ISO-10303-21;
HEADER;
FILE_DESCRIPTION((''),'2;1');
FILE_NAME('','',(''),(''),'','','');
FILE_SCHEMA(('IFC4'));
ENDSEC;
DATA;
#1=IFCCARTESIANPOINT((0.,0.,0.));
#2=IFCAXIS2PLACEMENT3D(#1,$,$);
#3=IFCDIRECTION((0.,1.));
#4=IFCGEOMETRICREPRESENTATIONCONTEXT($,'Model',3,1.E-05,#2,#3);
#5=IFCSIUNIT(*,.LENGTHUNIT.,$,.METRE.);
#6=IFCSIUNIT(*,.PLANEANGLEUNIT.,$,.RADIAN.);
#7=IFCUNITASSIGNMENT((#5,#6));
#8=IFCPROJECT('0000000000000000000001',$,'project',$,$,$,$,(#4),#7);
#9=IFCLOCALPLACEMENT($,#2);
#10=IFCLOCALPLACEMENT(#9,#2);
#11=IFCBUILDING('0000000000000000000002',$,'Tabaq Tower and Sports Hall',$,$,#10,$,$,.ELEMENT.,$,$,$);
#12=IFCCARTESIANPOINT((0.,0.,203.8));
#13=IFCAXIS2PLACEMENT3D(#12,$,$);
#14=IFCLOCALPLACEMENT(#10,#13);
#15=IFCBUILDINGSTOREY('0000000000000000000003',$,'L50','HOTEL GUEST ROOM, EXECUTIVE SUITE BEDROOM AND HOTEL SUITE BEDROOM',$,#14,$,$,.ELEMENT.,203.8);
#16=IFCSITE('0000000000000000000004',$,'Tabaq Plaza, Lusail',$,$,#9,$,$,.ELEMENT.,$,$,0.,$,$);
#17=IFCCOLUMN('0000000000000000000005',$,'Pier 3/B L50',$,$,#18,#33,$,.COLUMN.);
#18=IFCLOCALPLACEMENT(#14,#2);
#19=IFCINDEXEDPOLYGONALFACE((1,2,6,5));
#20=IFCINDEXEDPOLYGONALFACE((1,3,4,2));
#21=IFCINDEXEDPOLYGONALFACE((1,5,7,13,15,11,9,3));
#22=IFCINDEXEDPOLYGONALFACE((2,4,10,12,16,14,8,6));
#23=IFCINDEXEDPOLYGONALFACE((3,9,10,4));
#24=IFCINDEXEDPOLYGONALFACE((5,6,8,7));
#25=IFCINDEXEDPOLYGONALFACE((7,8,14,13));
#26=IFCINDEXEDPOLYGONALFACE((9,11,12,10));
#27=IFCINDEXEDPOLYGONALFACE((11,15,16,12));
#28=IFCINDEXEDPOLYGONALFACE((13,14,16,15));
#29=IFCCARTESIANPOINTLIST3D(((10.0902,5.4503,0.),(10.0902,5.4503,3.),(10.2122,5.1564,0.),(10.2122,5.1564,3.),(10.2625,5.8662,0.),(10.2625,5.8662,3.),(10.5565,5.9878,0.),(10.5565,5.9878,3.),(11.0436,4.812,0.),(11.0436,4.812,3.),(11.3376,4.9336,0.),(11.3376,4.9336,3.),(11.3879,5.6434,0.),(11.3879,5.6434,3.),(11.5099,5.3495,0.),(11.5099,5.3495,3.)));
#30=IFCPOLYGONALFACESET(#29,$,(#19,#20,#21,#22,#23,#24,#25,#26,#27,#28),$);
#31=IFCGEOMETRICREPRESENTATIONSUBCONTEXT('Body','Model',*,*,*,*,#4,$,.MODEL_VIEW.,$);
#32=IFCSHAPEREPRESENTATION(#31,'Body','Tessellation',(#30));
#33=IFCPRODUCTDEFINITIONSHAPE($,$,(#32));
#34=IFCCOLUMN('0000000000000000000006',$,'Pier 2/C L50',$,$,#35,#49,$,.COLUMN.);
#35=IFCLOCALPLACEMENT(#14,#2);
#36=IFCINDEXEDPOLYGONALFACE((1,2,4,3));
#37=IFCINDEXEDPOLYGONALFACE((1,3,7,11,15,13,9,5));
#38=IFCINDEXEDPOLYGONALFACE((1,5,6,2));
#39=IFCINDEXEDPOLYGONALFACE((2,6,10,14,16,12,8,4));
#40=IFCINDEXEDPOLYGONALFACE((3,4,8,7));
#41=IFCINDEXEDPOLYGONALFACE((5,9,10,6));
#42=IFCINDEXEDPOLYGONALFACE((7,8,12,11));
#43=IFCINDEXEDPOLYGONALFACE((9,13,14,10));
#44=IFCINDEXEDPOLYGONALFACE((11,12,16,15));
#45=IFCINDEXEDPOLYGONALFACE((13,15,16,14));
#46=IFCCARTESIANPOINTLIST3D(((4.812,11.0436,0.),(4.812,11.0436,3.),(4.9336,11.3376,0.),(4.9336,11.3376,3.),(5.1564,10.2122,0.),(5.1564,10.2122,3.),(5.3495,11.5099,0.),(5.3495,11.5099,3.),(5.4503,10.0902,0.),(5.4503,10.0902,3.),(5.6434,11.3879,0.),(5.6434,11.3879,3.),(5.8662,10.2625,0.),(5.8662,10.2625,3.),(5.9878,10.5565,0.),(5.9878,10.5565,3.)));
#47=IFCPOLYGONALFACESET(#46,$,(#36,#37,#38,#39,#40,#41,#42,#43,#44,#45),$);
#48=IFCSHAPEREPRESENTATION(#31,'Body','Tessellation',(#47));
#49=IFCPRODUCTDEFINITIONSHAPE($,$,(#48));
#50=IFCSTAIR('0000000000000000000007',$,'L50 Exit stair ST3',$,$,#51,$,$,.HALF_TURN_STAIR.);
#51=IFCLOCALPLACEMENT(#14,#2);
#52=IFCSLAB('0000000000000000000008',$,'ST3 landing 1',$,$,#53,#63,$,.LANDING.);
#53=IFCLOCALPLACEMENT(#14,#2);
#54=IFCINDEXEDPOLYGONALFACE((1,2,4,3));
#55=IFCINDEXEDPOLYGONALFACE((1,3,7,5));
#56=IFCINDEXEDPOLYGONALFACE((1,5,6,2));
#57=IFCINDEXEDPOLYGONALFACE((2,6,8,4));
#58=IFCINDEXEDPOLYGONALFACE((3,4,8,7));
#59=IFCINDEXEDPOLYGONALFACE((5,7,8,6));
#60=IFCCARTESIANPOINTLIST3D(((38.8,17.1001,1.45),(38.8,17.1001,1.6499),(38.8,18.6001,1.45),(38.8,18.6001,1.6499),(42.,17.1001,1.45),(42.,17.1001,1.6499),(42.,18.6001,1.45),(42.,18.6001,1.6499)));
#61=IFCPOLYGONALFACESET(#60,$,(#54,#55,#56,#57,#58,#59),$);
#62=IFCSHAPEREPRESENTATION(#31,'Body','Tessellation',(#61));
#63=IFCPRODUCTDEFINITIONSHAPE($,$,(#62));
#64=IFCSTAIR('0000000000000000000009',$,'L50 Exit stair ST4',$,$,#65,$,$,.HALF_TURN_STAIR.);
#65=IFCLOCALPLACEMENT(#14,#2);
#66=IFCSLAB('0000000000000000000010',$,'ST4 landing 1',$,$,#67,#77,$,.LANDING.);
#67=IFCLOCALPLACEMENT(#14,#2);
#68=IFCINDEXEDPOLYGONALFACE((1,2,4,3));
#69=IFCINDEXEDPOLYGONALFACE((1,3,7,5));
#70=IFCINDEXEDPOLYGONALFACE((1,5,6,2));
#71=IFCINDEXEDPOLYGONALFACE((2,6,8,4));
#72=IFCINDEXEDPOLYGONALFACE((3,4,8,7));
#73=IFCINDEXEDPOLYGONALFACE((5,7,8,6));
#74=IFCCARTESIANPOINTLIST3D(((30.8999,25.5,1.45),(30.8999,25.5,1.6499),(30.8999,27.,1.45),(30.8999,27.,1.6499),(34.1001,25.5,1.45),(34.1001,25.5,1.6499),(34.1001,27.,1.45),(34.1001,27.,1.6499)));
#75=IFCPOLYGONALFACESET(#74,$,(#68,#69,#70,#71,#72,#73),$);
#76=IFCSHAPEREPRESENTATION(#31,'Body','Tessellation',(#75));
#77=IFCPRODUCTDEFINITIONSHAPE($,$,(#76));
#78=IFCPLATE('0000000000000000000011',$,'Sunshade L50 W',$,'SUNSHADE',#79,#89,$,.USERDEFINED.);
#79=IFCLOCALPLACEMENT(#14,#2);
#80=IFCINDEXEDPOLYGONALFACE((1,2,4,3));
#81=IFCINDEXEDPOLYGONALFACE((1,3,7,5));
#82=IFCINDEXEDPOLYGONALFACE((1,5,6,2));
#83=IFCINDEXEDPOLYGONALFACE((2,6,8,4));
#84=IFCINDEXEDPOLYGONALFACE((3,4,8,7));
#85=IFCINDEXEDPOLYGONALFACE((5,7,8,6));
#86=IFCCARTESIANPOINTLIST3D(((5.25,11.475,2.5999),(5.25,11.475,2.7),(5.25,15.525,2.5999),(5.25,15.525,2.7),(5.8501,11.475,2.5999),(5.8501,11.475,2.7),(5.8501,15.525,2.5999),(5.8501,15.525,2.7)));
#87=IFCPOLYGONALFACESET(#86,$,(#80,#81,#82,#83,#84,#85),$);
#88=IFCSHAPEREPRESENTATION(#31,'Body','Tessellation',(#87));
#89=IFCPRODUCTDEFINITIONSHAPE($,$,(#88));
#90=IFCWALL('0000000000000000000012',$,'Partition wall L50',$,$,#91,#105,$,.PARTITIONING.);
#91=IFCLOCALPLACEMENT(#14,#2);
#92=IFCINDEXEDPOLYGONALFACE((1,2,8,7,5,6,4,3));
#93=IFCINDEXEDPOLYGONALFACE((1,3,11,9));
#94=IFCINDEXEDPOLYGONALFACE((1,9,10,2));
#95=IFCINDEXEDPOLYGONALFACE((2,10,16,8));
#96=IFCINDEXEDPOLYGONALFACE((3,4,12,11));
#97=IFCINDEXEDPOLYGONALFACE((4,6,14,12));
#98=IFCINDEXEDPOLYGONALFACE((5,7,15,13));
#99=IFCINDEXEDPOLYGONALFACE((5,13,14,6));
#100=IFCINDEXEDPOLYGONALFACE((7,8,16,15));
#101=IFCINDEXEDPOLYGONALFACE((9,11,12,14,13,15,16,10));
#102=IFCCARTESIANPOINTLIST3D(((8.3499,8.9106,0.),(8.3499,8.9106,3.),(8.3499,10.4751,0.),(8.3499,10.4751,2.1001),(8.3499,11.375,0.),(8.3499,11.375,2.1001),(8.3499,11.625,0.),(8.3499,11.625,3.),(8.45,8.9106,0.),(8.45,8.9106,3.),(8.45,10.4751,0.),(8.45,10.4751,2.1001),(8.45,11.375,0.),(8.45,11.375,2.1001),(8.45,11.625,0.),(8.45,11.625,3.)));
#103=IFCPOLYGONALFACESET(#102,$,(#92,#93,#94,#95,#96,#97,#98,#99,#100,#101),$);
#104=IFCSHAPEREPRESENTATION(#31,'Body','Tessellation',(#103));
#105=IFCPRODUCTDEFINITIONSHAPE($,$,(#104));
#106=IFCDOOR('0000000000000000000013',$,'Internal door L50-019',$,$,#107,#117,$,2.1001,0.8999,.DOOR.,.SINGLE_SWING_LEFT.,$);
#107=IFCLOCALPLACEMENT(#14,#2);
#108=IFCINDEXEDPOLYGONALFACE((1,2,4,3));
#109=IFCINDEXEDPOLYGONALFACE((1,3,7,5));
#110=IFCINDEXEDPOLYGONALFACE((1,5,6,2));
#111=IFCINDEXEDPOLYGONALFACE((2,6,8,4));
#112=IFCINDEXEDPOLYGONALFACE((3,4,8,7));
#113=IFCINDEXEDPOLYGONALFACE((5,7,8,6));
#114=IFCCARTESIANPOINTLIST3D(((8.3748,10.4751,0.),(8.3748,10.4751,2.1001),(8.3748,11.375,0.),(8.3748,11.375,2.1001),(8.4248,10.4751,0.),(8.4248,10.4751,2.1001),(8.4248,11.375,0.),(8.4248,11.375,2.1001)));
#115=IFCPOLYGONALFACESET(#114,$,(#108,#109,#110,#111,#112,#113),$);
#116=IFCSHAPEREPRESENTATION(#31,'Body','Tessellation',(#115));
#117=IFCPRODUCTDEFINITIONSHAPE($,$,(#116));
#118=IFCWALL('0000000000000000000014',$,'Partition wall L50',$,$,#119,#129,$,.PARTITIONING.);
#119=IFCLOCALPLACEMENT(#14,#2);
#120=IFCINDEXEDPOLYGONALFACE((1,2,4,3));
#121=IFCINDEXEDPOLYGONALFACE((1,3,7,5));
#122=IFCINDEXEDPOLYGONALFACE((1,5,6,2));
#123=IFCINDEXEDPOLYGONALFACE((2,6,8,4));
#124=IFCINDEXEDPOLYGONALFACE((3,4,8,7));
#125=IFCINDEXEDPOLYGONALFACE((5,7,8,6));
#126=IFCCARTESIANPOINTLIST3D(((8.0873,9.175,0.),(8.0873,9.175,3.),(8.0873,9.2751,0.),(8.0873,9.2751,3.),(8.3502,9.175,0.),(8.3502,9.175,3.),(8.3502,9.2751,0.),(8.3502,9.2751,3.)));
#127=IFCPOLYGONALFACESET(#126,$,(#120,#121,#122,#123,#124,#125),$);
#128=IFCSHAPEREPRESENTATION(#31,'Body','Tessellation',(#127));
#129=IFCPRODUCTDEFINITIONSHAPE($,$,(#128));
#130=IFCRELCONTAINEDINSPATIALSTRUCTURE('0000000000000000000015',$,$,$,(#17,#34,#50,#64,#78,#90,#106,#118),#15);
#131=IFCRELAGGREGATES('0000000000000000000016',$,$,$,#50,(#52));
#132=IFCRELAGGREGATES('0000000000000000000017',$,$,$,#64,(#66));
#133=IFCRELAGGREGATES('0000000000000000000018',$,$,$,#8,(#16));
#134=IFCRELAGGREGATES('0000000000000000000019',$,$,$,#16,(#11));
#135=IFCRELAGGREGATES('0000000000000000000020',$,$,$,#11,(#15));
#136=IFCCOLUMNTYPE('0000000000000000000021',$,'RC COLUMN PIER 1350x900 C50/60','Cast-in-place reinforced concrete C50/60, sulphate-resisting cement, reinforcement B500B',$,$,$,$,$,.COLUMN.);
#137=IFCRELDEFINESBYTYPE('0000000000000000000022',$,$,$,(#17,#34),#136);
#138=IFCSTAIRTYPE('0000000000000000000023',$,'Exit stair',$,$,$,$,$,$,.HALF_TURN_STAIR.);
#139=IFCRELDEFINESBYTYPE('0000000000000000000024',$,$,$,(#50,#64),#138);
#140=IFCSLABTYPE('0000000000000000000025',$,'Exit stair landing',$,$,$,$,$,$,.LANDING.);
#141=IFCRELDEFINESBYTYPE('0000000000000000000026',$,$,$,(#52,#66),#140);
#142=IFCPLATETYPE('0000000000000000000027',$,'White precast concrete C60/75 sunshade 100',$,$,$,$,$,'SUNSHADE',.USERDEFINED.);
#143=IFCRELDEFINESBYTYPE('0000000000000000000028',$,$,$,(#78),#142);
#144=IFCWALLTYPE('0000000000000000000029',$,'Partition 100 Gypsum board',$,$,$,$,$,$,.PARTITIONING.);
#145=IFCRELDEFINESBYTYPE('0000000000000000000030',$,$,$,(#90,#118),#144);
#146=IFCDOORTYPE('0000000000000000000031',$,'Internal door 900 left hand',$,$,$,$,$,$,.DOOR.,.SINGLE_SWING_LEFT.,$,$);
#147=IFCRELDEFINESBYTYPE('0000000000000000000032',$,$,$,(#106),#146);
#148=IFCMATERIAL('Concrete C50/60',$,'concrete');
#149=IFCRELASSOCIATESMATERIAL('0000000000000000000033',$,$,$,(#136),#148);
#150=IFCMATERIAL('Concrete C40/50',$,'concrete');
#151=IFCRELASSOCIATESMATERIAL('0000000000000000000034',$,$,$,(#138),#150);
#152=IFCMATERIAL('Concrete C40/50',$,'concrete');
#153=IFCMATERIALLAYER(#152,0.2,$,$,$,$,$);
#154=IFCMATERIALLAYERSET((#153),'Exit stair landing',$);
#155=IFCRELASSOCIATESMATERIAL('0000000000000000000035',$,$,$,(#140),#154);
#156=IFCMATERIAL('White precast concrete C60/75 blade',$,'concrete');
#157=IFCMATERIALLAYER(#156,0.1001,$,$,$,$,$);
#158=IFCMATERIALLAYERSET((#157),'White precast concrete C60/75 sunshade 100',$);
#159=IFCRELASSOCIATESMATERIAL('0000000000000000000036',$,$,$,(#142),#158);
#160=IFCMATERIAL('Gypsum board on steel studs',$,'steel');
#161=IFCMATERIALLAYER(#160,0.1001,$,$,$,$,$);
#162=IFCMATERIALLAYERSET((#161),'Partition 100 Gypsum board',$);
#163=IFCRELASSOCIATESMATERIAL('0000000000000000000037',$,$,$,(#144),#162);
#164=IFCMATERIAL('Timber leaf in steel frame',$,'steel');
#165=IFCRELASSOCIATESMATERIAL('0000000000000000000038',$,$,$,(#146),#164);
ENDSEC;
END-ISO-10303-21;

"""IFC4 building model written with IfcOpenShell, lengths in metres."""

from ifc_helpers import new_model, si_unit, direction, frame, frame_2d, origin, origin_2d, place, context, subcontext, project, spatial, polyline, rectangle, outline, extrude, material, layer, layer_set, material_profile, profile_set, type_object, element, fill, aggregate, save


model = new_model("IFC4")

# Units and contexts
model_context = context("Model", 3, precision=1e-05, world=origin(), true_north=direction((0.0, 1.0)))
body_context = subcontext(model_context, "Body", "Model", "MODEL_VIEW")
ifc_project = project(units=[si_unit("LENGTHUNIT", "METRE"), si_unit("PLANEANGLEUNIT", "RADIAN")], contexts=[model_context])

# Site, building, storey
site_placement = place(None, origin())
site = spatial("IfcSite", under=ifc_project, at=site_placement, Name="Tabaq Plaza, Lusail", CompositionType="ELEMENT", RefElevation=0.0)
building_placement = place(site_placement, origin())
building = spatial("IfcBuilding", under=site, at=building_placement, Name="Tabaq Tower and Sports Hall", CompositionType="ELEMENT")
storey_placement = place(building_placement, frame((0.0, 0.0, 203.8)))
storey = spatial("IfcBuildingStorey", under=building, at=storey_placement, Name="L50", Description="HOTEL GUEST ROOM, EXECUTIVE SUITE BEDROOM AND HOTEL SUITE BEDROOM", CompositionType="ELEMENT", Elevation=203.8)

# Columns
ifc_material_1 = material(Name="Concrete C50/60", Category="concrete")
ifc_material_profile = material_profile(ifc_material_1, outline(polyline([(-0.45, -0.45), (0.45, -0.45), (0.675, -0.2251), (0.675, 0.2251), (0.45, 0.45), (-0.45, 0.45), (-0.675, 0.2251), (-0.675, -0.2251), (-0.45, -0.45)])), Name="PIER 1350x900")
ifc_profile_set = profile_set([ifc_material_profile], Name="Concrete C50/60")
column_type = type_object("IfcColumnType", Name="RC COLUMN PIER 1350x900 C50/60", Description="Cast-in-place reinforced concrete C50/60, sulphate-resisting cement, reinforcement B500B", PredefinedType="COLUMN", material=ifc_profile_set)
for number, where, z_axis, x_axis, name in (
    (1, (10.8, 5.3999, 0.0), (0.0, 0.0, 1.0), (-0.92388, 0.382683, 0.0), "Pier 3/B L50"),
    (2, (5.3999, 10.8, 0.0), (0.0, 0.0, 1.0), (-0.382683, 0.92388, 0.0), "Pier 2/C L50"),
):
    element("IfcColumn", number, at=place(storey_placement, frame(where, z_axis=z_axis, x_axis=x_axis)), inside=storey, type_object=column_type, Name=name, PredefinedType="COLUMN", context=body_context, shape_type="SweptSolid", body=[
        extrude(outline(polyline([(-0.45, -0.45), (0.45, -0.45), (0.675, -0.2251), (0.675, 0.2251), (0.45, 0.45), (-0.45, 0.45), (-0.675, 0.2251), (-0.675, -0.2251), (-0.45, -0.45)])), origin(), (0.0, 0.0, 1.0), 3.0),
    ])

# Stairs, slabs
ifc_material_2 = material(Name="Concrete C40/50", Category="concrete")
stair_type = type_object("IfcStairType", Name="Exit stair", PredefinedType="HALF_TURN_STAIR", material=ifc_material_2)
stair_1_placement = place(storey_placement, origin())
stair_1 = element("IfcStair", 3, at=stair_1_placement, inside=storey, type_object=stair_type, Name="L50 Exit stair ST3", PredefinedType="HALF_TURN_STAIR")
ifc_material_3 = material(Name="Concrete C40/50", Category="concrete")
ifc_layer_1 = layer(ifc_material_3, 0.2)
ifc_layer_set_1 = layer_set([ifc_layer_1], Name="Exit stair landing")
slab_type = type_object("IfcSlabType", Name="Exit stair landing", PredefinedType="LANDING", material=ifc_layer_set_1)
slab_1_placement = place(storey_placement, frame((0.0, 0.0, 1.45)))
slab_1 = element("IfcSlab", 4, at=slab_1_placement, type_object=slab_type, Name="ST3 landing 1", PredefinedType="LANDING", context=body_context, shape_type="SweptSolid", body=[
    extrude(outline(polyline([(38.8, 18.6001), (38.8, 17.1001), (42.0, 17.1001), (42.0, 18.6001), (38.8, 18.6001)])), origin(), (0.0, 0.0, 1.0), 0.2),
])
aggregate(stair_1, [slab_1])
stair_2_placement = place(storey_placement, origin())
stair_2 = element("IfcStair", 5, at=stair_2_placement, inside=storey, type_object=stair_type, Name="L50 Exit stair ST4", PredefinedType="HALF_TURN_STAIR")
slab_2_placement = place(storey_placement, frame((0.0, 0.0, 1.45)))
slab_2 = element("IfcSlab", 6, at=slab_2_placement, type_object=slab_type, Name="ST4 landing 1", PredefinedType="LANDING", context=body_context, shape_type="SweptSolid", body=[
    extrude(outline(polyline([(30.8999, 27.0), (30.8999, 25.5), (34.1001, 25.5), (34.1001, 27.0), (30.8999, 27.0)])), origin(), (0.0, 0.0, 1.0), 0.2),
])
aggregate(stair_2, [slab_2])

# Plate
ifc_material_4 = material(Name="White precast concrete C60/75 blade", Category="concrete")
ifc_layer_2 = layer(ifc_material_4, 0.1001)
ifc_layer_set_2 = layer_set([ifc_layer_2], Name="White precast concrete C60/75 sunshade 100")
plate_type = type_object("IfcPlateType", Name="White precast concrete C60/75 sunshade 100", ElementType="SUNSHADE", PredefinedType="USERDEFINED", material=ifc_layer_set_2)
plate_placement = place(storey_placement, frame((5.55, 13.5, 2.5999), z_axis=(0.0, 0.0, 1.0), x_axis=(0.0, -1.0, 0.0)))
element("IfcPlate", 7, at=plate_placement, inside=storey, type_object=plate_type, Name="Sunshade L50 W", ObjectType="SUNSHADE", PredefinedType="USERDEFINED", context=body_context, shape_type="SweptSolid", body=[
    extrude(rectangle(XDim=4.05, YDim=0.6001, at=origin_2d()), origin(), (0.0, 0.0, 1.0), 0.1001),
])

# Wall, opening, door
ifc_material_5 = material(Name="Gypsum board on steel studs", Category="steel")
ifc_layer_3 = layer(ifc_material_5, 0.1001)
ifc_layer_set_3 = layer_set([ifc_layer_3], Name="Partition 100 Gypsum board")
wall_type_1 = type_object("IfcWallType", Name="Partition 100 Gypsum board", PredefinedType="PARTITIONING", material=ifc_layer_set_3)
wall_1_placement = place(storey_placement, frame((8.3999, 11.625, 0.0), z_axis=(0.0, 0.0, 1.0), x_axis=(0.0, -1.0, 0.0)))
wall_1 = element("IfcWall", 8, at=wall_1_placement, inside=storey, type_object=wall_type_1, Name="Partition wall L50", PredefinedType="PARTITIONING", context=body_context, shape_type="SweptSolid", body=[
    extrude(rectangle(XDim=2.7144, YDim=0.1001, at=frame_2d((1.3572, 0.0))), origin(), (0.0, 0.0, 1.0), 3.0),
])
opening_1_placement = place(wall_1_placement, frame((0.25, 0.0, 0.0)))
opening_1 = element("IfcOpeningElement", 9, at=opening_1_placement, cuts=wall_1, PredefinedType="OPENING", context=body_context, shape_type="SweptSolid", body=[
    extrude(rectangle(XDim=0.8999, YDim=2.1001, at=frame_2d((0.45, 1.05))), frame((0.0, 0.05, 0.0), z_axis=(0.0, -1.0, 0.0), x_axis=(1.0, 0.0, 0.0)), (0.0, 0.0, 1.0), 0.1001),
])
ifc_material_6 = material(Name="Timber leaf in steel frame", Category="steel")
door_type_1 = type_object("IfcDoorType", Name="Internal door 900 left hand", OperationType="SINGLE_SWING_LEFT", PredefinedType="DOOR", material=ifc_material_6)
door_1_placement = place(opening_1_placement, origin())
door_1 = element("IfcDoor", 10, at=door_1_placement, inside=storey, type_object=door_type_1, Name="Internal door L50-019", OperationType="SINGLE_SWING_LEFT", OverallHeight=2.1001, OverallWidth=0.8999, PredefinedType="DOOR", context=body_context, shape_type="SweptSolid", body=[
    extrude(rectangle(XDim=0.8999, YDim=2.1001, at=frame_2d((0.45, 1.05))), frame((0.0, 0.0249, 0.0), z_axis=(0.0, -1.0, 0.0), x_axis=(1.0, 0.0, 0.0)), (0.0, 0.0, 1.0), 0.05),
])
fill(opening_1, door_1)

# Wall
wall_2_placement = place(storey_placement, frame((8.3501, 9.2251, 0.0), z_axis=(0.0, 0.0, 1.0), x_axis=(-1.0, 0.0, 0.0)))
element("IfcWall", 11, at=wall_2_placement, inside=storey, type_object=wall_type_1, Name="Partition wall L50", PredefinedType="PARTITIONING", context=body_context, shape_type="SweptSolid", body=[
    extrude(rectangle(XDim=0.2629, YDim=0.1001, at=frame_2d((0.1313, 0.0))), origin(), (0.0, 0.0, 1.0), 3.0),
])

save(model, "model.ifc")
